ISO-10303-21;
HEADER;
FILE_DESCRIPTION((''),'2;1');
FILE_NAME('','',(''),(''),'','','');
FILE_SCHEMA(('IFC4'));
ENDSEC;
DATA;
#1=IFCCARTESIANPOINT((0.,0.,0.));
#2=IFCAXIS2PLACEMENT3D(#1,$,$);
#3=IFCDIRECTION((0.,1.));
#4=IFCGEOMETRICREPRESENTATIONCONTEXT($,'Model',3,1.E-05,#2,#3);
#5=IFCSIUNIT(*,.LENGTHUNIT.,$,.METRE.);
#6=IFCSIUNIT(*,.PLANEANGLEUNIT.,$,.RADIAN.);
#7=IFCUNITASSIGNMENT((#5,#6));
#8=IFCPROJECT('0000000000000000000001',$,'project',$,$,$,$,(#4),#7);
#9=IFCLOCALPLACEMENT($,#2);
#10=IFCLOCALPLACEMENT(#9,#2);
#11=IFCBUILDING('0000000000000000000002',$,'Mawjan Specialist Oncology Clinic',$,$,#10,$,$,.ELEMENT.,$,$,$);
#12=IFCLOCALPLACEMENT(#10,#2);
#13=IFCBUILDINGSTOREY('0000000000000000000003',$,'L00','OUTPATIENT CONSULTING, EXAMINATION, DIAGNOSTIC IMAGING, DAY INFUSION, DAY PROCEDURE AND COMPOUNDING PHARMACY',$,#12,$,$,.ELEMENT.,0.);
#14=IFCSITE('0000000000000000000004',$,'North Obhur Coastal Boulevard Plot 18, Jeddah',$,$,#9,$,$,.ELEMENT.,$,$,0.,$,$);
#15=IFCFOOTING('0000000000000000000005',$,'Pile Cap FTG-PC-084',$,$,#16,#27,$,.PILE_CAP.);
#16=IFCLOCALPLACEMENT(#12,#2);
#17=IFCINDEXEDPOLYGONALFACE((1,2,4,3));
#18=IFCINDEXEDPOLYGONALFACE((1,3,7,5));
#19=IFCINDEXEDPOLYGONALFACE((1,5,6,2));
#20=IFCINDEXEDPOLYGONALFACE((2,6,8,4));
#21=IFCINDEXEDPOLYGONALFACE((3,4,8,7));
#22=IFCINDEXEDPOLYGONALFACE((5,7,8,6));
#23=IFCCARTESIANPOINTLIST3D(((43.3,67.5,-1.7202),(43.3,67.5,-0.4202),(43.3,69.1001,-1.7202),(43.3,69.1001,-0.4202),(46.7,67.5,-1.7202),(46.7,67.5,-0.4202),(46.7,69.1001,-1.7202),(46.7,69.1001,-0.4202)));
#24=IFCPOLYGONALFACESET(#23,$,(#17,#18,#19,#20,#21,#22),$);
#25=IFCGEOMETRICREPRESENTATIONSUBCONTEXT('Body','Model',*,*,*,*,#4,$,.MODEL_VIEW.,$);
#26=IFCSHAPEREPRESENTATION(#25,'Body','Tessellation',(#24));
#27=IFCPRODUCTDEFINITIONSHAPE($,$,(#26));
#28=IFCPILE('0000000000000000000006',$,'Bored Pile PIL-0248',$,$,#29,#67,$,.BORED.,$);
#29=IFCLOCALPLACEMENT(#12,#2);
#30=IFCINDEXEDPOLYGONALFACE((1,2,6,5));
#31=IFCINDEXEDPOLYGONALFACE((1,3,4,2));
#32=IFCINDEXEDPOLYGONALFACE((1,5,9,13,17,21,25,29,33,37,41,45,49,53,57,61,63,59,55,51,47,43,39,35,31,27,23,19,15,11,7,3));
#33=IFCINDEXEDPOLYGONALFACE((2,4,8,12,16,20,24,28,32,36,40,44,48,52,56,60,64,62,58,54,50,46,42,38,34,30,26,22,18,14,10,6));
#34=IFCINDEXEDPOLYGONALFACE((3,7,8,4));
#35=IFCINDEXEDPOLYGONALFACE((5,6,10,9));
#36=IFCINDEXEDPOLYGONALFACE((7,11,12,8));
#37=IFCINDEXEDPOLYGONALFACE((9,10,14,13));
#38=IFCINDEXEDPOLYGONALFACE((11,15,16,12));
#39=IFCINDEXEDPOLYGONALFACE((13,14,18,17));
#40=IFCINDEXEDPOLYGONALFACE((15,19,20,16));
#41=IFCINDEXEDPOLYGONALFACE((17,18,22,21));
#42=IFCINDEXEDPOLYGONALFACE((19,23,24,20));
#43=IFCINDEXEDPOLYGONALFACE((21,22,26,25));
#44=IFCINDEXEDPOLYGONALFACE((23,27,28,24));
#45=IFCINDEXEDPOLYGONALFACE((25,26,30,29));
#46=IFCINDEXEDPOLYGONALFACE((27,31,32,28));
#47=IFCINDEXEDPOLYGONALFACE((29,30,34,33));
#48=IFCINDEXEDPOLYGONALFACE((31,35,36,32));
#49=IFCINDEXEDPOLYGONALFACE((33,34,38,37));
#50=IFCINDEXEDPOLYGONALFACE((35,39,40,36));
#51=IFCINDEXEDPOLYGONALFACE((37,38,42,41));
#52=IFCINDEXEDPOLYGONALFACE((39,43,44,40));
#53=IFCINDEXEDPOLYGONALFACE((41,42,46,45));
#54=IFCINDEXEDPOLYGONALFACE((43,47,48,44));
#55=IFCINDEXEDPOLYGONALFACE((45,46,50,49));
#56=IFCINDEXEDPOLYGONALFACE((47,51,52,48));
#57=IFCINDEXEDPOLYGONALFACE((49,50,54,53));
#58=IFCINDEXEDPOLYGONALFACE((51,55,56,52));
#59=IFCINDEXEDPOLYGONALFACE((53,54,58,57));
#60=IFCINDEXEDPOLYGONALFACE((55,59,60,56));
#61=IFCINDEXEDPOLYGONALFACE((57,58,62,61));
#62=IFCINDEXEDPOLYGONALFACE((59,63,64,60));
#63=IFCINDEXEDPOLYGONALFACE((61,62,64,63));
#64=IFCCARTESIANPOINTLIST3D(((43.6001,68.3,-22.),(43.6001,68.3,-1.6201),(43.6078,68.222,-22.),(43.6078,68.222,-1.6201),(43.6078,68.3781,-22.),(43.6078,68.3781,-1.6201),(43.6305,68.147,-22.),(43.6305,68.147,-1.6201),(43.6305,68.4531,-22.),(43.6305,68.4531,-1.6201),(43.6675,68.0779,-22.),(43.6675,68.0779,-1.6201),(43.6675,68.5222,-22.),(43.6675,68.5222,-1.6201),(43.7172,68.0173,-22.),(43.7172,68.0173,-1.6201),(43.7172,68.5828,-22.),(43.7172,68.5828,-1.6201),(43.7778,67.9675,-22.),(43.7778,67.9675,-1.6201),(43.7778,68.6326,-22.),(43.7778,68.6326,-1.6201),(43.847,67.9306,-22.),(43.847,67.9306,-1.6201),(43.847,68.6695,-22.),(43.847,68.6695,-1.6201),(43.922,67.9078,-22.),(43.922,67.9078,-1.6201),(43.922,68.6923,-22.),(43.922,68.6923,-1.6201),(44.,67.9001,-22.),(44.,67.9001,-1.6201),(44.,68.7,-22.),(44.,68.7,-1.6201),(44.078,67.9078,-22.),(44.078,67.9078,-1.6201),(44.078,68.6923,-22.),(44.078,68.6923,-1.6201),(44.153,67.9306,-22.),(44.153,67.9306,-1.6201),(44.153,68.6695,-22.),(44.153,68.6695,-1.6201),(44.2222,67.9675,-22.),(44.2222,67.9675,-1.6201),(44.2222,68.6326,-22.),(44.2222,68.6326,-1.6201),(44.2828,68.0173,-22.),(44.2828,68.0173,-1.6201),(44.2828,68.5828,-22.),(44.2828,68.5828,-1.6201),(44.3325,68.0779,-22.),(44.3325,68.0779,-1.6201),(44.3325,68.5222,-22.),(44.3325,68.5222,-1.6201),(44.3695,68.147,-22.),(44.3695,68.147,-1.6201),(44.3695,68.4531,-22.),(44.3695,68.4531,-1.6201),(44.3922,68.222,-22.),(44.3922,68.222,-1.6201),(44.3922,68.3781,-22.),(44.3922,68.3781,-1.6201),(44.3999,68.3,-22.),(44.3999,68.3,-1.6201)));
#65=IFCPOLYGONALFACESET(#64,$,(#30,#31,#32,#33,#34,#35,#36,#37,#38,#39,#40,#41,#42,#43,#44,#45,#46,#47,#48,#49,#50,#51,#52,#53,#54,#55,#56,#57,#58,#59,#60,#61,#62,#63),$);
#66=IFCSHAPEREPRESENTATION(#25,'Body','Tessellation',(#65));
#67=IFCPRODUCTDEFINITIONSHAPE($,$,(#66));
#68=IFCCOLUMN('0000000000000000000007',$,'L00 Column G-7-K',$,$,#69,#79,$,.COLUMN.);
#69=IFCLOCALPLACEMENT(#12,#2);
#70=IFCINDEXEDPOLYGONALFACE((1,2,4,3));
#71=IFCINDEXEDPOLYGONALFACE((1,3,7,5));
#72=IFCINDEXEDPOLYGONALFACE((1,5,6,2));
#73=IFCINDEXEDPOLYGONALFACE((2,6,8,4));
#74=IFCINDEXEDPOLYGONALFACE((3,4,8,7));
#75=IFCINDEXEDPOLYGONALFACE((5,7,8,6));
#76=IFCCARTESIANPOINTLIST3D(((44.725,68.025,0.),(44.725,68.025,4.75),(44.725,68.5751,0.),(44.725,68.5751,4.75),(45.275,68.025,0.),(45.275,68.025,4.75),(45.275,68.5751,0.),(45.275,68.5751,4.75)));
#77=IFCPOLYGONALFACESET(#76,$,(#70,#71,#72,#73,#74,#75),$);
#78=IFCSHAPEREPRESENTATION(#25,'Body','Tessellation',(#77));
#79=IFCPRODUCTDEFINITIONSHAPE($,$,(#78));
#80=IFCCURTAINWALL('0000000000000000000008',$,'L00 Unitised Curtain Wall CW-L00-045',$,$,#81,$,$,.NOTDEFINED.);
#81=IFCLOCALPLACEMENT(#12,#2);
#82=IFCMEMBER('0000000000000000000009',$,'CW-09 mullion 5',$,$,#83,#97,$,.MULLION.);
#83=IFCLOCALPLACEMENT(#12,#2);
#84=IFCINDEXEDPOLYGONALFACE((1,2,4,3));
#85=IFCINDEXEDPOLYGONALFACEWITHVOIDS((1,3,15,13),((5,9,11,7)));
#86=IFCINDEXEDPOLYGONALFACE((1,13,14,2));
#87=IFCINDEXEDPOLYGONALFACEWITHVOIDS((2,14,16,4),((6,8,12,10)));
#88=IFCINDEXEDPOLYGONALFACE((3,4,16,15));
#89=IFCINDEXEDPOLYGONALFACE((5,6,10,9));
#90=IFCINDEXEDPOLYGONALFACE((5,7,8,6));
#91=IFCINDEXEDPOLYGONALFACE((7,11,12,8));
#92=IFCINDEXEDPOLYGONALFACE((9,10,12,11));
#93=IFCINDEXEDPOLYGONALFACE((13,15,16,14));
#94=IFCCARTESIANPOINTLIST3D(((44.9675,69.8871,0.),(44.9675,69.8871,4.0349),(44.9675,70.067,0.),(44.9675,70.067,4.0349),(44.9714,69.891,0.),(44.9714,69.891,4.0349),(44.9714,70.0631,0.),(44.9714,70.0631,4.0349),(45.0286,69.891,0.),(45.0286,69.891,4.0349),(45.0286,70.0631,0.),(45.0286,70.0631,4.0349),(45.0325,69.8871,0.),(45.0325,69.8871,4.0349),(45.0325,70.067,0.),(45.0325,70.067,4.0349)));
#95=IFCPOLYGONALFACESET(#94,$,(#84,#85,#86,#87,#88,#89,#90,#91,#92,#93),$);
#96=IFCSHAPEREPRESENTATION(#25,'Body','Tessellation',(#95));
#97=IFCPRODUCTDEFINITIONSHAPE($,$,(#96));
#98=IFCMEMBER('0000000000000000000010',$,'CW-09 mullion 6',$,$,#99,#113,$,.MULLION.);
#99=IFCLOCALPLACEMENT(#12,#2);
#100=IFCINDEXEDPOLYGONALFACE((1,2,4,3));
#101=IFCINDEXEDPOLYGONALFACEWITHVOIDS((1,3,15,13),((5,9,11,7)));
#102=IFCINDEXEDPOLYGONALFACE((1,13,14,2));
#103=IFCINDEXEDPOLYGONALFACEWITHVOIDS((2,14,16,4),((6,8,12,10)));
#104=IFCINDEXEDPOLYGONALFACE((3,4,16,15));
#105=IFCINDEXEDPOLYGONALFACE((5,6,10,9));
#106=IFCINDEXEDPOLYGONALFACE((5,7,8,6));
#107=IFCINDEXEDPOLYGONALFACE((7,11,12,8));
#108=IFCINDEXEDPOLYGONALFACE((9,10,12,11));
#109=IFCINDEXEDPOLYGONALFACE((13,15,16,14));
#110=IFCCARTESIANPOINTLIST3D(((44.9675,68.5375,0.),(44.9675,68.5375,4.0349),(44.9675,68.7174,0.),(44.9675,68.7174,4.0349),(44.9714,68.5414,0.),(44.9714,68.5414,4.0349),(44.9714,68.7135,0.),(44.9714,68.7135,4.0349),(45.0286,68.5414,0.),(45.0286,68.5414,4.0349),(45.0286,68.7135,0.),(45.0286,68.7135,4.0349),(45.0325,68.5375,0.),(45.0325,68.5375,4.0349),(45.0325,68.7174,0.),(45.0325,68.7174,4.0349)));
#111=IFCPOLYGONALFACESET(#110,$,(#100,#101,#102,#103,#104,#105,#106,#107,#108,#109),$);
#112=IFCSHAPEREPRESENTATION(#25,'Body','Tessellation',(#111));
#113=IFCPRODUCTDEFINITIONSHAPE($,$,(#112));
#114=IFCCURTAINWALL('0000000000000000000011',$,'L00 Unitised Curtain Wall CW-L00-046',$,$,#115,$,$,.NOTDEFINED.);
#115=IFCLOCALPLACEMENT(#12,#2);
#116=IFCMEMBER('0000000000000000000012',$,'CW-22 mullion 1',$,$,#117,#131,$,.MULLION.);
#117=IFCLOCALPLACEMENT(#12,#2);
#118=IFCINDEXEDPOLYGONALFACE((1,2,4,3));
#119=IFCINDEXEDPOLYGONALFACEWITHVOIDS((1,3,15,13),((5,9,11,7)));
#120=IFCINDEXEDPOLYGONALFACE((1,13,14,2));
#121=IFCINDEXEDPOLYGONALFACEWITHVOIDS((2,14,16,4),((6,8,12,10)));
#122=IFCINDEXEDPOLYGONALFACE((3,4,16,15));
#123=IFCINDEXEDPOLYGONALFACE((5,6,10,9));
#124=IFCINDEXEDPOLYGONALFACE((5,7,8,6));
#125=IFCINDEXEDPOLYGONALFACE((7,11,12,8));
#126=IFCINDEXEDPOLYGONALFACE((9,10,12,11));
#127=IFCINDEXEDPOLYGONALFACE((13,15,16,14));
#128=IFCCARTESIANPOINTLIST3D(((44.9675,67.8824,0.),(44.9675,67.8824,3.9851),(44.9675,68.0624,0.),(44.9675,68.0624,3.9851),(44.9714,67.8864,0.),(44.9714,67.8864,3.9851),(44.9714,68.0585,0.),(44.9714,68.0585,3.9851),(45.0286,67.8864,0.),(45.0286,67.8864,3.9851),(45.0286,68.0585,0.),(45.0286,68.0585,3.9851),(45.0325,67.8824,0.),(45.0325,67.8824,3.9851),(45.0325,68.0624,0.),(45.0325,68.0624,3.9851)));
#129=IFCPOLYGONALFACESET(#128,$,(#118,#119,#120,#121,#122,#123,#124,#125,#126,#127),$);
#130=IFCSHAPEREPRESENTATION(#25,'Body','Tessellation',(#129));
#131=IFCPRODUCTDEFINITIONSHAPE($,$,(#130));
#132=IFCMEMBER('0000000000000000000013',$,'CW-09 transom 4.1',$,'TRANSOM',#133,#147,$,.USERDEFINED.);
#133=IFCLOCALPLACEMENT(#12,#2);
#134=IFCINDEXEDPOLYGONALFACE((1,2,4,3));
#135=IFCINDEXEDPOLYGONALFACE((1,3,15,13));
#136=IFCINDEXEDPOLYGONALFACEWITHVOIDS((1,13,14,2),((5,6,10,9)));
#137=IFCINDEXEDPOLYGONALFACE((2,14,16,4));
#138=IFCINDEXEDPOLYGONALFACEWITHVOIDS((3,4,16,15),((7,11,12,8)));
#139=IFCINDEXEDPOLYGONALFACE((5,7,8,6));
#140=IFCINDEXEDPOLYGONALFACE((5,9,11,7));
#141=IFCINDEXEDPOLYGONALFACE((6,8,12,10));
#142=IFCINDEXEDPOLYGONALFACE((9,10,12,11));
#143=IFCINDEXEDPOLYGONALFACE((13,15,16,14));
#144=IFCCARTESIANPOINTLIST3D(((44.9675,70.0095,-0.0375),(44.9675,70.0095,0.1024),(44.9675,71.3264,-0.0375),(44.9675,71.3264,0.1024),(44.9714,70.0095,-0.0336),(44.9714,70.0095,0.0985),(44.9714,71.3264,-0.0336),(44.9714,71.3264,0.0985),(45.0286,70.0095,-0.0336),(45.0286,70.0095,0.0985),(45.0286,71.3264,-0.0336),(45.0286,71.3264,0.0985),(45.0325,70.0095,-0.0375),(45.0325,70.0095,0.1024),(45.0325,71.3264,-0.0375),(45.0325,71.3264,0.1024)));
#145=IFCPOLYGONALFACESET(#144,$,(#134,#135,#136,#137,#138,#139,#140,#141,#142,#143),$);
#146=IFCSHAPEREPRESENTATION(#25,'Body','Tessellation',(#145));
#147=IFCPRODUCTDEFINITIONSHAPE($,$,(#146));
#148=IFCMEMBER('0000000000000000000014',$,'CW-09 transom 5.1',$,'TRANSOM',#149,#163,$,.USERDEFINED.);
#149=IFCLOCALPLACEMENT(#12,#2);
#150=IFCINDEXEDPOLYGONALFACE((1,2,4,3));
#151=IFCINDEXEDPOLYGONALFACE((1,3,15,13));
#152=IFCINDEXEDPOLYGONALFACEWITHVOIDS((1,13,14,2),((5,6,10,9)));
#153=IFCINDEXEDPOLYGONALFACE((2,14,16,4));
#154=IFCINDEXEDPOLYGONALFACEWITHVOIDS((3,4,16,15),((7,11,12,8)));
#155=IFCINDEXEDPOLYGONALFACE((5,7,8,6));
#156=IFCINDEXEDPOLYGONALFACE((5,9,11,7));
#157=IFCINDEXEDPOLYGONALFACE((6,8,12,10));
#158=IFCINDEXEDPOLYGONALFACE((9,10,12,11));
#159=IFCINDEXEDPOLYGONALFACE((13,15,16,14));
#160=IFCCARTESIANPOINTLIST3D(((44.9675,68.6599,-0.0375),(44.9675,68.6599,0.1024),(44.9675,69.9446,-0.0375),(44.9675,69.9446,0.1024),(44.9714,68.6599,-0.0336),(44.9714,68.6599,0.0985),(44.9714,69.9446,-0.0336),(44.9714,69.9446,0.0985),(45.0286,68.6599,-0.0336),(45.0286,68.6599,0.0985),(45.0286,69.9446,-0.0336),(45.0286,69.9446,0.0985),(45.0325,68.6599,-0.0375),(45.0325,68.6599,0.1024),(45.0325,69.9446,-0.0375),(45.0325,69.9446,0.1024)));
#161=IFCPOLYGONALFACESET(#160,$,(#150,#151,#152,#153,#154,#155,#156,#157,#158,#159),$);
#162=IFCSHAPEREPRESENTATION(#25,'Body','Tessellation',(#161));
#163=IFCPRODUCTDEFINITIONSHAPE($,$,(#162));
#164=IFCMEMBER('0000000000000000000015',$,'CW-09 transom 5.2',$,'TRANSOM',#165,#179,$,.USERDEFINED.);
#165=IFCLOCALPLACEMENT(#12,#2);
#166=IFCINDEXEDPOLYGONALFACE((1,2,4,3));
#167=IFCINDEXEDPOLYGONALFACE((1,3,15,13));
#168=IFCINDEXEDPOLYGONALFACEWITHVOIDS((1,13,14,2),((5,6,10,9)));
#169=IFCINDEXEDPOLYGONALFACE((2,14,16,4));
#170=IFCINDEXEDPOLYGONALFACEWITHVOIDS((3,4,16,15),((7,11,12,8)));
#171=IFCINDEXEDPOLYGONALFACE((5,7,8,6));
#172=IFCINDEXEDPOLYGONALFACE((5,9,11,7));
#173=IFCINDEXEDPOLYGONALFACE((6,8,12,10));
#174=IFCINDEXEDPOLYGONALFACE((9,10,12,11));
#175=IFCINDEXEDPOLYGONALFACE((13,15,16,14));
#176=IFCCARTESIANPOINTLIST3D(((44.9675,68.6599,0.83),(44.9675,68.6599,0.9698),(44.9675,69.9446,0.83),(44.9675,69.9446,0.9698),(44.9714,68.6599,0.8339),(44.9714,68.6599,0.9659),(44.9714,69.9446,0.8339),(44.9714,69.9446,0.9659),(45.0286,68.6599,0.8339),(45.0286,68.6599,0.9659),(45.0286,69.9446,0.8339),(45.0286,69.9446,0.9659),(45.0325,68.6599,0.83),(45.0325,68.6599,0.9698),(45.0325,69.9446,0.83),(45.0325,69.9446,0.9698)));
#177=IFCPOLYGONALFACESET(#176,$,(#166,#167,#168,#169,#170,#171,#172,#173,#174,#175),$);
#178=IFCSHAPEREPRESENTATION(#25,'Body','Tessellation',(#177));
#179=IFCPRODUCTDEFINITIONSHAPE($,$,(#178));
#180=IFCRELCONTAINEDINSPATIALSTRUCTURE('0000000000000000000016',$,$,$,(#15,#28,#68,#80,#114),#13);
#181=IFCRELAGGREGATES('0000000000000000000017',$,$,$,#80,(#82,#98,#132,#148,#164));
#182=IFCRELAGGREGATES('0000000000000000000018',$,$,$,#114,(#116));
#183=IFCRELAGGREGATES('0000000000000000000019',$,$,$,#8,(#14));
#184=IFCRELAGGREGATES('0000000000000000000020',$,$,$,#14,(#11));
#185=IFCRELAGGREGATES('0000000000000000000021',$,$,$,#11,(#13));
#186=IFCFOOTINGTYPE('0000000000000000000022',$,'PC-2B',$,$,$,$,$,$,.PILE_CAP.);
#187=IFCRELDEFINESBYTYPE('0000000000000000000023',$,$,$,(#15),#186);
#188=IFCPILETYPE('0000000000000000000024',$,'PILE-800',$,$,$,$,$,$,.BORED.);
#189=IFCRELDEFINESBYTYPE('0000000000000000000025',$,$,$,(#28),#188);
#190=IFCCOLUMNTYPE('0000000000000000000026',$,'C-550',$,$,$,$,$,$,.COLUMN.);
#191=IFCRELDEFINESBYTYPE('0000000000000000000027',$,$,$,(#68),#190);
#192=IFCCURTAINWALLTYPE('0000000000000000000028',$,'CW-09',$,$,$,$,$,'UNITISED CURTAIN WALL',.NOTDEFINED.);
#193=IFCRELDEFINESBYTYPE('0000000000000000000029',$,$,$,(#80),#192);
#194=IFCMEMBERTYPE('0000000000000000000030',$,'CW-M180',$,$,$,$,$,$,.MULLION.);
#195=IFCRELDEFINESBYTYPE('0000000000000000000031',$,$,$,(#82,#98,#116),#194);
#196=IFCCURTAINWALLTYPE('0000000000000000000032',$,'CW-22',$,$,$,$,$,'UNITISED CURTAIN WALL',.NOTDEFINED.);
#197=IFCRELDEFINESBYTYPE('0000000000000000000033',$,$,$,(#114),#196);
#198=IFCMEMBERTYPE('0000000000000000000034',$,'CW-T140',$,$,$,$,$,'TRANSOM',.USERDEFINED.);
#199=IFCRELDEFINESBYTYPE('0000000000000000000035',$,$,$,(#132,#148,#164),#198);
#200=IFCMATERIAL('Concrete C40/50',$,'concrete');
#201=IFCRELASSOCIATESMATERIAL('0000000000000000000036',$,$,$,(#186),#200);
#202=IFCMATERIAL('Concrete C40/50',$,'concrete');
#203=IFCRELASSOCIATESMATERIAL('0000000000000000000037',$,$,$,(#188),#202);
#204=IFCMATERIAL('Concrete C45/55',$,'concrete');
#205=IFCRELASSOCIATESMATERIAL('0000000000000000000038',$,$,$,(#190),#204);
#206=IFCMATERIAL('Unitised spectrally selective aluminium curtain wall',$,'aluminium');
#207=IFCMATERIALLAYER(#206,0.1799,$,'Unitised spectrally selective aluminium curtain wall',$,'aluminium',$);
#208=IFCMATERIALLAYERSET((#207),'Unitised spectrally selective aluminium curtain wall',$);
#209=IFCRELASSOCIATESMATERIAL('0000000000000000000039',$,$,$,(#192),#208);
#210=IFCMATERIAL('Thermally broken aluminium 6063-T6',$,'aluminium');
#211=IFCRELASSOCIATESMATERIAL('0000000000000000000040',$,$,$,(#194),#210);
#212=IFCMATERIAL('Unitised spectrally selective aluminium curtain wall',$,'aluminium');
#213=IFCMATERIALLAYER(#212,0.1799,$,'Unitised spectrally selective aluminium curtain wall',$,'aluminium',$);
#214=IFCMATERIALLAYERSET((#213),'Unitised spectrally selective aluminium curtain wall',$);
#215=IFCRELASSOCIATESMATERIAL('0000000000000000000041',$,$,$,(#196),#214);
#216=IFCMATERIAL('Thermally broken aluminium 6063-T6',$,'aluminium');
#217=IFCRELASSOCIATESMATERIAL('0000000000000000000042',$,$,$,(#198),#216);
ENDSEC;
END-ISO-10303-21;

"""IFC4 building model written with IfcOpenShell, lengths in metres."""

from ifc_helpers import new_model, si_unit, direction, frame, origin, origin_2d, place, context, subcontext, project, spatial, rectangle, hollow_rectangle, circle, extrude, material, layer, layer_set, material_profile, profile_set, type_object, element, aggregate, save


model = new_model("IFC4")

# Units and contexts
model_context = context("Model", 3, precision=1e-05, world=origin(), true_north=direction((0.0, 1.0)))
body_context = subcontext(model_context, "Body", "Model", "MODEL_VIEW")
ifc_project = project(units=[si_unit("LENGTHUNIT", "METRE"), si_unit("PLANEANGLEUNIT", "RADIAN")], contexts=[model_context])

# Site, building, storey
site_placement = place(None, origin())
site = spatial("IfcSite", under=ifc_project, at=site_placement, Name="North Obhur Coastal Boulevard Plot 18, Jeddah", CompositionType="ELEMENT", RefElevation=0.0)
building_placement = place(site_placement, origin())
building = spatial("IfcBuilding", under=site, at=building_placement, Name="Mawjan Specialist Oncology Clinic", CompositionType="ELEMENT")
storey_placement = place(building_placement, origin())
storey = spatial("IfcBuildingStorey", under=building, at=storey_placement, Name="L00", Description="OUTPATIENT CONSULTING, EXAMINATION, DIAGNOSTIC IMAGING, DAY INFUSION, DAY PROCEDURE AND COMPOUNDING PHARMACY", CompositionType="ELEMENT", Elevation=0.0)

# Footing
ifc_material_1 = material(Name="Concrete C40/50", Category="concrete")
footing_type = type_object("IfcFootingType", Name="PC-2B", PredefinedType="PILE_CAP", material=ifc_material_1)
footing_placement = place(storey_placement, frame((45.0, 68.3, -1.7202), z_axis=(0.0, 0.0, 1.0), x_axis=(1.0, 0.0, 0.0)))
element("IfcFooting", 1, at=footing_placement, inside=storey, type_object=footing_type, Name="Pile Cap FTG-PC-084", PredefinedType="PILE_CAP", context=body_context, shape_type="SweptSolid", body=[
    extrude(rectangle(XDim=3.3999, YDim=1.6001, at=origin_2d()), origin(), (0.0, 0.0, 1.0), 1.3),
])

# Pile
ifc_material_2 = material(Name="Concrete C40/50", Category="concrete")
ifc_material_profile_1 = material_profile(ifc_material_2, circle(Radius=0.3999, at=origin_2d()), Name="BORED PILE D800", Category="concrete")
ifc_profile_set_1 = profile_set([ifc_material_profile_1], Name="Concrete C40/50")
pile_type = type_object("IfcPileType", Name="PILE-800", PredefinedType="BORED", material=ifc_profile_set_1)
pile_placement = place(storey_placement, frame((44.0, 68.3, -1.6201), z_axis=(0.0, 0.0, -1.0), x_axis=(1.0, 0.0, 0.0)))
element("IfcPile", 2, at=pile_placement, inside=storey, type_object=pile_type, Name="Bored Pile PIL-0248", PredefinedType="BORED", context=body_context, shape_type="SweptSolid", body=[
    extrude(circle(Radius=0.3999, at=origin_2d()), origin(), (0.0, 0.0, 1.0), 20.3799),
])

# Column
ifc_material_3 = material(Name="Concrete C45/55", Category="concrete")
ifc_material_profile_2 = material_profile(ifc_material_3, rectangle(XDim=0.55, YDim=0.55, at=origin_2d()), Name="RC COL 550x550", Category="concrete")
ifc_profile_set_2 = profile_set([ifc_material_profile_2], Name="Concrete C45/55")
column_type = type_object("IfcColumnType", Name="C-550", PredefinedType="COLUMN", material=ifc_profile_set_2)
column_placement = place(storey_placement, frame((45.0, 68.3, 0.0), z_axis=(0.0, 0.0, 1.0), x_axis=(1.0, 0.0, 0.0)))
element("IfcColumn", 3, at=column_placement, inside=storey, type_object=column_type, Name="L00 Column G-7-K", PredefinedType="COLUMN", context=body_context, shape_type="SweptSolid", body=[
    extrude(rectangle(XDim=0.55, YDim=0.55, at=origin_2d()), origin(), (0.0, 0.0, 1.0), 4.75),
])

# Curtain wall, members
ifc_material_4 = material(Name="Unitised spectrally selective aluminium curtain wall", Category="aluminium")
ifc_layer_1 = layer(ifc_material_4, 0.1799, Name="Unitised spectrally selective aluminium curtain wall", Category="aluminium")
ifc_layer_set_1 = layer_set([ifc_layer_1], Name="Unitised spectrally selective aluminium curtain wall")
curtain_wall_type_1 = type_object("IfcCurtainWallType", Name="CW-09", ElementType="UNITISED CURTAIN WALL", PredefinedType="NOTDEFINED", material=ifc_layer_set_1)
curtain_wall_1_placement = place(storey_placement, origin())
curtain_wall_1 = element("IfcCurtainWall", 4, at=curtain_wall_1_placement, inside=storey, type_object=curtain_wall_type_1, Name="L00 Unitised Curtain Wall CW-L00-045", PredefinedType="NOTDEFINED")
ifc_material_5 = material(Name="Thermally broken aluminium 6063-T6", Category="aluminium")
ifc_material_profile_3 = material_profile(ifc_material_5, hollow_rectangle(XDim=0.0649, YDim=0.1799, WallThickness=0.0039, at=origin_2d()), Name="ALU MULLION 180x65x4", Category="aluminium")
ifc_profile_set_3 = profile_set([ifc_material_profile_3], Name="Thermally broken aluminium 6063-T6")
member_type_1 = type_object("IfcMemberType", Name="CW-M180", PredefinedType="MULLION", material=ifc_profile_set_3)
member_1_placement = place(storey_placement, frame((45.0, 69.9771, 0.0), z_axis=(0.0, 0.0, 1.0), x_axis=(1.0, 0.0, 0.0)))
member_1 = element("IfcMember", 5, at=member_1_placement, type_object=member_type_1, Name="CW-09 mullion 5", PredefinedType="MULLION", context=body_context, shape_type="SweptSolid", body=[
    extrude(hollow_rectangle(XDim=0.0649, YDim=0.1799, WallThickness=0.0039, at=origin_2d()), origin(), (0.0, 0.0, 1.0), 4.0349),
])
member_2_placement = place(storey_placement, frame((45.0, 68.6274, 0.0), z_axis=(0.0, 0.0, 1.0), x_axis=(1.0, 0.0, 0.0)))
member_2 = element("IfcMember", 6, at=member_2_placement, type_object=member_type_1, Name="CW-09 mullion 6", PredefinedType="MULLION", context=body_context, shape_type="SweptSolid", body=[
    extrude(hollow_rectangle(XDim=0.0649, YDim=0.1799, WallThickness=0.0039, at=origin_2d()), origin(), (0.0, 0.0, 1.0), 4.0349),
])

# Curtain wall, member
ifc_material_6 = material(Name="Unitised spectrally selective aluminium curtain wall", Category="aluminium")
ifc_layer_2 = layer(ifc_material_6, 0.1799, Name="Unitised spectrally selective aluminium curtain wall", Category="aluminium")
ifc_layer_set_2 = layer_set([ifc_layer_2], Name="Unitised spectrally selective aluminium curtain wall")
curtain_wall_type_2 = type_object("IfcCurtainWallType", Name="CW-22", ElementType="UNITISED CURTAIN WALL", PredefinedType="NOTDEFINED", material=ifc_layer_set_2)
curtain_wall_2_placement = place(storey_placement, origin())
curtain_wall_2 = element("IfcCurtainWall", 7, at=curtain_wall_2_placement, inside=storey, type_object=curtain_wall_type_2, Name="L00 Unitised Curtain Wall CW-L00-046", PredefinedType="NOTDEFINED")
member_3_placement = place(storey_placement, frame((45.0, 67.9724, 0.0), z_axis=(0.0, 0.0, 1.0), x_axis=(1.0, 0.0, 0.0)))
member_3 = element("IfcMember", 8, at=member_3_placement, type_object=member_type_1, Name="CW-22 mullion 1", PredefinedType="MULLION", context=body_context, shape_type="SweptSolid", body=[
    extrude(hollow_rectangle(XDim=0.0649, YDim=0.1799, WallThickness=0.0039, at=origin_2d()), origin(), (0.0, 0.0, 1.0), 3.9851),
])

# Members
ifc_material_7 = material(Name="Thermally broken aluminium 6063-T6", Category="aluminium")
ifc_material_profile_4 = material_profile(ifc_material_7, hollow_rectangle(XDim=0.0649, YDim=0.1399, WallThickness=0.0039, at=origin_2d()), Name="ALU TRANSOM 140x65x4", Category="aluminium")
ifc_profile_set_4 = profile_set([ifc_material_profile_4], Name="Thermally broken aluminium 6063-T6")
member_type_2 = type_object("IfcMemberType", Name="CW-T140", ElementType="TRANSOM", PredefinedType="USERDEFINED", material=ifc_profile_set_4)
member_4_placement = place(storey_placement, frame((45.0, 71.3264, 0.0325), z_axis=(0.0, -1.0, 0.0), x_axis=(1.0, 0.0, 0.0)))
member_4 = element("IfcMember", 9, at=member_4_placement, type_object=member_type_2, Name="CW-09 transom 4.1", ObjectType="TRANSOM", PredefinedType="USERDEFINED", context=body_context, shape_type="SweptSolid", body=[
    extrude(hollow_rectangle(XDim=0.0649, YDim=0.1399, WallThickness=0.0039, at=origin_2d()), origin(), (0.0, 0.0, 1.0), 1.3169),
])
member_5_placement = place(storey_placement, frame((45.0, 69.9446, 0.0325), z_axis=(0.0, -1.0, 0.0), x_axis=(1.0, 0.0, 0.0)))
member_5 = element("IfcMember", 10, at=member_5_placement, type_object=member_type_2, Name="CW-09 transom 5.1", ObjectType="TRANSOM", PredefinedType="USERDEFINED", context=body_context, shape_type="SweptSolid", body=[
    extrude(hollow_rectangle(XDim=0.0649, YDim=0.1399, WallThickness=0.0039, at=origin_2d()), origin(), (0.0, 0.0, 1.0), 1.2847),
])
member_6_placement = place(storey_placement, frame((45.0, 69.9446, 0.8999), z_axis=(0.0, -1.0, 0.0), x_axis=(1.0, 0.0, 0.0)))
member_6 = element("IfcMember", 11, at=member_6_placement, type_object=member_type_2, Name="CW-09 transom 5.2", ObjectType="TRANSOM", PredefinedType="USERDEFINED", context=body_context, shape_type="SweptSolid", body=[
    extrude(hollow_rectangle(XDim=0.0649, YDim=0.1399, WallThickness=0.0039, at=origin_2d()), origin(), (0.0, 0.0, 1.0), 1.2847),
])

aggregate(curtain_wall_1, [member_1, member_2, member_4, member_5, member_6])
aggregate(curtain_wall_2, [member_3])

save(model, "model.ifc")
